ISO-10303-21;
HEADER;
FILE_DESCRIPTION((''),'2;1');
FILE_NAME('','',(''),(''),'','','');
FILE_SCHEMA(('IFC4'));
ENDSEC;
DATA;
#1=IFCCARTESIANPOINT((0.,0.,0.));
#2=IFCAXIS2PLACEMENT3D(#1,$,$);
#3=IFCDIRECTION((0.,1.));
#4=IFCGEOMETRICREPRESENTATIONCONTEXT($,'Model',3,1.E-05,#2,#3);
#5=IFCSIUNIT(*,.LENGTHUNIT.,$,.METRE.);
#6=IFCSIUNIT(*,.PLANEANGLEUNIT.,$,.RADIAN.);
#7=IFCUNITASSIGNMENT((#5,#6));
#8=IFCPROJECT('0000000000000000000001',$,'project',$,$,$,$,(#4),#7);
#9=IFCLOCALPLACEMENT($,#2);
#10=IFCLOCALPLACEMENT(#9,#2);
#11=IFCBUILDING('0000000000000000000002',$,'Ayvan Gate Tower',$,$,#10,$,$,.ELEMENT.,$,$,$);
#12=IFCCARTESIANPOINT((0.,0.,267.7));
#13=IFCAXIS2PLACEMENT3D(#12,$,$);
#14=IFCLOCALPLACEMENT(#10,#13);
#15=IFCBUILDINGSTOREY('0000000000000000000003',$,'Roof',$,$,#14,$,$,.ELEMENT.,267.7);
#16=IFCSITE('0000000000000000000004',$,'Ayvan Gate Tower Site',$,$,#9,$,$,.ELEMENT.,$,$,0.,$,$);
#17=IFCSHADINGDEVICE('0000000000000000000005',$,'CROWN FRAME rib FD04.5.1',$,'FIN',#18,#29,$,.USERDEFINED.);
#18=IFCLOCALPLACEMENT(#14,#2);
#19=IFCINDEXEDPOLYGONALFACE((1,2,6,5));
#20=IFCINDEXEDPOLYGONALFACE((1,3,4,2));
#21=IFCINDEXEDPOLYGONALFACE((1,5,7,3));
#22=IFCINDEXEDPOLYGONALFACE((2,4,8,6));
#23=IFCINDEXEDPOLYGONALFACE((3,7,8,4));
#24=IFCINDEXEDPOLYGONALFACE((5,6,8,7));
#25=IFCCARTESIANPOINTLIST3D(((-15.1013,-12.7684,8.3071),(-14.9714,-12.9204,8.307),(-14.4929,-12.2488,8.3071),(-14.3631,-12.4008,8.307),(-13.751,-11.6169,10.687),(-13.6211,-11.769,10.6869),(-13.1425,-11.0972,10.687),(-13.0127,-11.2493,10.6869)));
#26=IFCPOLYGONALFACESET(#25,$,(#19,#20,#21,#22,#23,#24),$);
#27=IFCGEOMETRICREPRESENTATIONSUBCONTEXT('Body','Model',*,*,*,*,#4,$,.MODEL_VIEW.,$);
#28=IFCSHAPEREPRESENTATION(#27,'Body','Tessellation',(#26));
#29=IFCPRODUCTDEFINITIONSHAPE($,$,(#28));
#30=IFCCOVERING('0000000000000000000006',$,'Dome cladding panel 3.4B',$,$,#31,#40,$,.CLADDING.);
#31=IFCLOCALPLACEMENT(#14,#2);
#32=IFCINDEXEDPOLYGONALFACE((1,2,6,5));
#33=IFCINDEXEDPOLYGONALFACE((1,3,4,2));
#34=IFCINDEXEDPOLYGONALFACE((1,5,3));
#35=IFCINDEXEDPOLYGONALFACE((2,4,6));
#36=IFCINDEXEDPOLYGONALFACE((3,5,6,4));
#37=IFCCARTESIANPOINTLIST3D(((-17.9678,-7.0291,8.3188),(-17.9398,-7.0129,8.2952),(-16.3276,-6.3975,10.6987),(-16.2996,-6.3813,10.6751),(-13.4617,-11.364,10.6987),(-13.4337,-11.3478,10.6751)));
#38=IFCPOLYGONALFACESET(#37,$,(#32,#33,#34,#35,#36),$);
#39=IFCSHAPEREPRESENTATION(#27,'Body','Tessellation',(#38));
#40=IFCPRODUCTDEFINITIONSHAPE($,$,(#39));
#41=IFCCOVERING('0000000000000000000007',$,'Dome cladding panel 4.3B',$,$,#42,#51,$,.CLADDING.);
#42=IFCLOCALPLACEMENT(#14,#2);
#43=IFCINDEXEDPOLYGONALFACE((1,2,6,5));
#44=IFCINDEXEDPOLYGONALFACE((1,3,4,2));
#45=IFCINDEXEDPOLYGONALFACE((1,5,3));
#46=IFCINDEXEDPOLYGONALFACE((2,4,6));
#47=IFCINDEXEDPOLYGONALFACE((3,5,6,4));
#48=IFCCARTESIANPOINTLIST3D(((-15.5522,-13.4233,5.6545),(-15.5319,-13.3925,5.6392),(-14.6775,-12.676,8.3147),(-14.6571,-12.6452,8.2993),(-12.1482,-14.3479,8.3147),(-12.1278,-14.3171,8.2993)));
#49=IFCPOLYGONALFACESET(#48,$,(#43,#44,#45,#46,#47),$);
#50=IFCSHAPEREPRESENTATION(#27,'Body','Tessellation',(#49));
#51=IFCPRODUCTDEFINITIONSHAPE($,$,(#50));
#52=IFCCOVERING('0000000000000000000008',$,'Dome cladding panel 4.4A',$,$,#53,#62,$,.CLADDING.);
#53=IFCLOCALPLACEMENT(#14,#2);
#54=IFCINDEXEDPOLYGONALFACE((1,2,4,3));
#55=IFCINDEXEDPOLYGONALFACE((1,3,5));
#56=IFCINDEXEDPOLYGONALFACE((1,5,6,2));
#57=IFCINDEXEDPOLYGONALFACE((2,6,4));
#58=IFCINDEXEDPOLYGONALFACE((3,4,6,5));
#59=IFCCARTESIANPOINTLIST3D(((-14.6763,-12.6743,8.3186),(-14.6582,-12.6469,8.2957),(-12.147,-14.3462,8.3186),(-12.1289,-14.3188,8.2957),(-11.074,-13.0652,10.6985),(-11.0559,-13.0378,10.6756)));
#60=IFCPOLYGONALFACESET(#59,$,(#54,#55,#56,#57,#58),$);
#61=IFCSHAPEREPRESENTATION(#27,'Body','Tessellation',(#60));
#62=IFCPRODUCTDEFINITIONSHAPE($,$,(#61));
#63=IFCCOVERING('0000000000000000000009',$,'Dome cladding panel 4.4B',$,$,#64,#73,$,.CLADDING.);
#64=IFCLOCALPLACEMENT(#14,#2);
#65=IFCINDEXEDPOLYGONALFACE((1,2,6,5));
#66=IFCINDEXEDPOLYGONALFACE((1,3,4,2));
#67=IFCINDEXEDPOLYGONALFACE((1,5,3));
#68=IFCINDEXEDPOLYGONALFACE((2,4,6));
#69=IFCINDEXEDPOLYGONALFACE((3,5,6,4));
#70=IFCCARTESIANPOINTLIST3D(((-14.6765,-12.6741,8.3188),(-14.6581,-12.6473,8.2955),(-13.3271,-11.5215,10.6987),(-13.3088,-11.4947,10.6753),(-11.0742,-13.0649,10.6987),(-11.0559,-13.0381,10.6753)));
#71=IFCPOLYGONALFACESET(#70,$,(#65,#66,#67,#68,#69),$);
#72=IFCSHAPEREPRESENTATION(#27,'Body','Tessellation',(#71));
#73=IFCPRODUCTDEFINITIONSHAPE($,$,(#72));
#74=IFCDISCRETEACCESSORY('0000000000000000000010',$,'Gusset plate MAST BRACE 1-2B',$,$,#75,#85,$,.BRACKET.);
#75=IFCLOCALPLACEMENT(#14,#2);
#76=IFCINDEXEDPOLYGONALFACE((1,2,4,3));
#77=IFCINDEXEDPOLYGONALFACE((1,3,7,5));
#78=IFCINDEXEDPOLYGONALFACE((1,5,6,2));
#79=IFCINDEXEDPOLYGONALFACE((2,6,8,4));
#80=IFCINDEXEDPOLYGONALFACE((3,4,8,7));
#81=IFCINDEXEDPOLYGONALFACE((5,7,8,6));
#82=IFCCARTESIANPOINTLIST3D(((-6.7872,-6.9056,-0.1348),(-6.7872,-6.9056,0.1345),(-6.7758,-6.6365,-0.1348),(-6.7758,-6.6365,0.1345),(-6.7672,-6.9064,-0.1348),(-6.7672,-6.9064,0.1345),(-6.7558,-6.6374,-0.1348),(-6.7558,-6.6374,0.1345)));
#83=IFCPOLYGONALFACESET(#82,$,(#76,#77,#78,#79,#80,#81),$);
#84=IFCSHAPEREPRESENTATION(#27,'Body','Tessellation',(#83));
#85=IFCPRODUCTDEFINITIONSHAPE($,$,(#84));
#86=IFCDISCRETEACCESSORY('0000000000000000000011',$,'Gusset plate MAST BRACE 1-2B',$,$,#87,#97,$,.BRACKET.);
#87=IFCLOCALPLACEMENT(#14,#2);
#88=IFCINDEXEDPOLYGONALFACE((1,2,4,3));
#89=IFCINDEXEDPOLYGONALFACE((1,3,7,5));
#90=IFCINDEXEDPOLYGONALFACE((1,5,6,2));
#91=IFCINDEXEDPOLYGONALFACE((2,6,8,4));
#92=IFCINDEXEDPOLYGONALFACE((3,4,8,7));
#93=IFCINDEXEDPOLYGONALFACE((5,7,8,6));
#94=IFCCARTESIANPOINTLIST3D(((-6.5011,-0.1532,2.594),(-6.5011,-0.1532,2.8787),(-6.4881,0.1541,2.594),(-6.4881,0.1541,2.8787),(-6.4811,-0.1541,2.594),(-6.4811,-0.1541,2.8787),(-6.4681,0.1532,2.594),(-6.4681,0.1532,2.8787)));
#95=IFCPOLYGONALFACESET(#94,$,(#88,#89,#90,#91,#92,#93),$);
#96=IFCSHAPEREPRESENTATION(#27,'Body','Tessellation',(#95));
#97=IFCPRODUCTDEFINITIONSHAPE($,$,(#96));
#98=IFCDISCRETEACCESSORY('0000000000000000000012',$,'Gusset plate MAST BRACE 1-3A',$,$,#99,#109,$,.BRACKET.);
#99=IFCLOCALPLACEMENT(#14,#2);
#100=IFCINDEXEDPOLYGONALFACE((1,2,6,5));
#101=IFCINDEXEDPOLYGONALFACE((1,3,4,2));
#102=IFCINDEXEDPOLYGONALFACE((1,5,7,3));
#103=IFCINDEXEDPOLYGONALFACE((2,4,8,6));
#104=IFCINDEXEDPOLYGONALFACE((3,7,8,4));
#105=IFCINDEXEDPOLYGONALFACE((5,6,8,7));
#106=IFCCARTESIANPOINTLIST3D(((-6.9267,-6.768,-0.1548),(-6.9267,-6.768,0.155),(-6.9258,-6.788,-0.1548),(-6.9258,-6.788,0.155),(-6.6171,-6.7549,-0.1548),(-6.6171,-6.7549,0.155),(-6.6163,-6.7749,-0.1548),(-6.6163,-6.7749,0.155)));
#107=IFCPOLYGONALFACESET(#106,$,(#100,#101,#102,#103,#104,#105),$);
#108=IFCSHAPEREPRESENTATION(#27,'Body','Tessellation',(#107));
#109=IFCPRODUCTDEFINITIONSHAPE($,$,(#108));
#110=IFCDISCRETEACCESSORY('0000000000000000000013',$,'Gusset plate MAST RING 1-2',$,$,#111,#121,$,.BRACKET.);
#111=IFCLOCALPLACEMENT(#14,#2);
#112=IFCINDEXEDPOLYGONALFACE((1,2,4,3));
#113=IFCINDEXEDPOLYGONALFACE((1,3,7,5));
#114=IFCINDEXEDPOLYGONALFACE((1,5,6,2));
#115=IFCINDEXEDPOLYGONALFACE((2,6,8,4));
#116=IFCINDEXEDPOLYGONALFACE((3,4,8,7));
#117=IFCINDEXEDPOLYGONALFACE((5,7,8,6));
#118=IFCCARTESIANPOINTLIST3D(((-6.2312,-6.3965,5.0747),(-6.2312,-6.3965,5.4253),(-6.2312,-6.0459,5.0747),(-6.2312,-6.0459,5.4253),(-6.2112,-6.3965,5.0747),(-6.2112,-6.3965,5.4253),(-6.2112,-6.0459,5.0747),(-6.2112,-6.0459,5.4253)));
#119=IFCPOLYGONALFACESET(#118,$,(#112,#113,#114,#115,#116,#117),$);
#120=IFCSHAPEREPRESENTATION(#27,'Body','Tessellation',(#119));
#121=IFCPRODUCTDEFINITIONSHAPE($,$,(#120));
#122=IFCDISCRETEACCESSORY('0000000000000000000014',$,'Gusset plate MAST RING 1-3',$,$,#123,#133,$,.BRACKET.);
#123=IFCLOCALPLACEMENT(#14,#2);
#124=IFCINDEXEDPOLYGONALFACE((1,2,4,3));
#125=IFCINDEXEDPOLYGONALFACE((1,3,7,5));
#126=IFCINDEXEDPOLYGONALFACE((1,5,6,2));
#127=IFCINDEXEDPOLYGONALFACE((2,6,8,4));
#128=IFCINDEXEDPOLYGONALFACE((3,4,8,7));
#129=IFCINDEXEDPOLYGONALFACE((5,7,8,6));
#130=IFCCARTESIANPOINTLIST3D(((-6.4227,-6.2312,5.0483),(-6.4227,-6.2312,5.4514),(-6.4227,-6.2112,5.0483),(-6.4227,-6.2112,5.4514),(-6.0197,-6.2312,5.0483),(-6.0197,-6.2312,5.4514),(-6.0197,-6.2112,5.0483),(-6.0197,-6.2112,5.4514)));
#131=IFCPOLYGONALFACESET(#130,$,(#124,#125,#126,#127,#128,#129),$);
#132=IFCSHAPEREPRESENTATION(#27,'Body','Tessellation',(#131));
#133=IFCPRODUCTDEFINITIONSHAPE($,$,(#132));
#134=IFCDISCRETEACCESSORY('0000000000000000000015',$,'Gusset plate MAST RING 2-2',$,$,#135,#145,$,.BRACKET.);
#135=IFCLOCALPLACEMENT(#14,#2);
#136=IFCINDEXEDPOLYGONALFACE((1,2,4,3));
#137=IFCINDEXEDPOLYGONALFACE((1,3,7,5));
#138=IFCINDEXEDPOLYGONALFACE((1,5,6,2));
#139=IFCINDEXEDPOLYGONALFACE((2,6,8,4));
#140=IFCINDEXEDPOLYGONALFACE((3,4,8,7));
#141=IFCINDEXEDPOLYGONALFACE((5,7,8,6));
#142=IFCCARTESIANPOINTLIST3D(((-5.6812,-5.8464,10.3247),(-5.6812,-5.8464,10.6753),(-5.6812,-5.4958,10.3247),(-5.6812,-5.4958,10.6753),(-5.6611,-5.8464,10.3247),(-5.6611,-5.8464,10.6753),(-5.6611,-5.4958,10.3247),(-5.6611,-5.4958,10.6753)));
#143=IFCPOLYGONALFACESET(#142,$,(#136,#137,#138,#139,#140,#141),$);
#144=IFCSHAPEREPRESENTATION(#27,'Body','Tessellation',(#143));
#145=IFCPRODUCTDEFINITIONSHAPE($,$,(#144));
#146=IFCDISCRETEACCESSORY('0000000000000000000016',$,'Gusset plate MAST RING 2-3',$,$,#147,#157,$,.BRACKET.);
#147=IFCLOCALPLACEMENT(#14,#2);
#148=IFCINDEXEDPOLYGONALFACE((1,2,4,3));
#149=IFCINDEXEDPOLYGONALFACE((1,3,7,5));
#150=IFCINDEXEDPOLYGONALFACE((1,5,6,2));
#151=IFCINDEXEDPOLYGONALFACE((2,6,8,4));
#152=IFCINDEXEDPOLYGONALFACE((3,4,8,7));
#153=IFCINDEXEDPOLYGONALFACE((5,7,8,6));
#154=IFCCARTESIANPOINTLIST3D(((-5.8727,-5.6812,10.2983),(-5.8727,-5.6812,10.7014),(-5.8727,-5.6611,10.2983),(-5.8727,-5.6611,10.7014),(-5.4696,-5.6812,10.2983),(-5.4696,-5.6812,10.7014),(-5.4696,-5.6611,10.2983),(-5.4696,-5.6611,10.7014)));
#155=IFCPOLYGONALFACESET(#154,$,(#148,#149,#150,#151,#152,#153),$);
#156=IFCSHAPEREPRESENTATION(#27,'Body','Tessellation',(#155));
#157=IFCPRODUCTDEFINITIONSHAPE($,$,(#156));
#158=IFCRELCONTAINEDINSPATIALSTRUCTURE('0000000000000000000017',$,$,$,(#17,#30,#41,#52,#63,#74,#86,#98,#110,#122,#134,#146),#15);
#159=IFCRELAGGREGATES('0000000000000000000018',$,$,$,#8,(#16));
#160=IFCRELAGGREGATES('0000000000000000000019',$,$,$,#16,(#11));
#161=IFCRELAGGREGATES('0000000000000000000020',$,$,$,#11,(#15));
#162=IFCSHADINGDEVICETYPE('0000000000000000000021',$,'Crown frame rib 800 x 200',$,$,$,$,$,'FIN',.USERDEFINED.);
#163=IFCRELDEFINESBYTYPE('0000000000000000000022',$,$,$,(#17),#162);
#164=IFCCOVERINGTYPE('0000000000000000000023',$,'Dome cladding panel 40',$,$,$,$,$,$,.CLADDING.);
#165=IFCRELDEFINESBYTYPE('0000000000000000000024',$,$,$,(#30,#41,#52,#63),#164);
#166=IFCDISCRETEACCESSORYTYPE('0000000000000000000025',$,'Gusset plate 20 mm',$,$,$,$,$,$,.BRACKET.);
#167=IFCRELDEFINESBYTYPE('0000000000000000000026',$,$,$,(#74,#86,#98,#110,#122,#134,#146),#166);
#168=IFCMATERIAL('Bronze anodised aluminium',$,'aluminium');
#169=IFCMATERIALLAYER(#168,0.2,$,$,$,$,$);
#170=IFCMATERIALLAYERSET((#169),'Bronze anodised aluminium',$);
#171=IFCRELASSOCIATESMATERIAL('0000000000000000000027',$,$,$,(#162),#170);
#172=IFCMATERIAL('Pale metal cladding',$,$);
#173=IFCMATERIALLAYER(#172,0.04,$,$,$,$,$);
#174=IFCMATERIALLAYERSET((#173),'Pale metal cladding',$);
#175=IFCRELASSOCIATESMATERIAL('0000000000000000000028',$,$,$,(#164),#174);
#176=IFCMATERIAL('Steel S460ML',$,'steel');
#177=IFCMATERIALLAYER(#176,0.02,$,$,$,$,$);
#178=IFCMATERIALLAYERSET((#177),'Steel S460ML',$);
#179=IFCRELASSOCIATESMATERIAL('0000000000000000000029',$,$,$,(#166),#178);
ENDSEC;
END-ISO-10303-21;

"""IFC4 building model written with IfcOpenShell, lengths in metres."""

from ifc_helpers import new_model, si_unit, direction, frame, origin, origin_2d, place, context, subcontext, project, spatial, polyline, rectangle, outline, extrude, material, layer, layer_set, type_object, element, save


model = new_model("IFC4")

# Units and contexts
model_context = context("Model", 3, precision=1e-05, world=origin(), true_north=direction((0.0, 1.0)))
body_context = subcontext(model_context, "Body", "Model", "MODEL_VIEW")
ifc_project = project(units=[si_unit("LENGTHUNIT", "METRE"), si_unit("PLANEANGLEUNIT", "RADIAN")], contexts=[model_context])

# Site, building, storey
site_placement = place(None, origin())
site = spatial("IfcSite", under=ifc_project, at=site_placement, Name="Ayvan Gate Tower Site", CompositionType="ELEMENT", RefElevation=0.0)
building_placement = place(site_placement, origin())
building = spatial("IfcBuilding", under=site, at=building_placement, Name="Ayvan Gate Tower", CompositionType="ELEMENT")
storey_placement = place(building_placement, frame((0.0, 0.0, 267.7)))
storey = spatial("IfcBuildingStorey", under=building, at=storey_placement, Name="Roof", CompositionType="ELEMENT", Elevation=267.7)

# Shading device
ifc_material_1 = material(Name="Bronze anodised aluminium", Category="aluminium")
ifc_layer_1 = layer(ifc_material_1, 0.2)
ifc_layer_set_1 = layer_set([ifc_layer_1], Name="Bronze anodised aluminium")
shading_device_type = type_object("IfcShadingDeviceType", Name="Crown frame rib 800 x 200", ElementType="FIN", PredefinedType="USERDEFINED", material=ifc_layer_set_1)
shading_device_1_placement = place(storey_placement, frame((-14.4929, -12.2488, 8.3071), z_axis=(-0.649471, 0.760386, 0.000601), x_axis=(-0.760386, -0.649471, 0.0)))
element("IfcShadingDevice", 1, at=shading_device_1_placement, inside=storey, type_object=shading_device_type, Name="CROWN FRAME rib FD04.5.1", ObjectType="FIN", PredefinedType="USERDEFINED", context=body_context, shape_type="SweptSolid", body=[
    extrude(outline(polyline([(0.0, 0.0), (0.8, 0.0), (-0.9745, 2.3799), (-1.7747, 2.3799), (0.0, 0.0)])), origin(), (0.0, 0.0, -1.0), 0.2),
])

# Coverings
ifc_material_2 = material(Name="Pale metal cladding")
ifc_layer_2 = layer(ifc_material_2, 0.04)
ifc_layer_set_2 = layer_set([ifc_layer_2], Name="Pale metal cladding")
covering_type = type_object("IfcCoveringType", Name="Dome cladding panel 40", PredefinedType="CLADDING", material=ifc_layer_set_2)
covering_1_placement = place(storey_placement, frame((-17.9678, -7.0291, 8.3188), z_axis=(-0.699715, -0.403773, 0.589377), x_axis=(0.673523, -0.647943, 0.355719)))
element("IfcCovering", 2, at=covering_1_placement, inside=storey, type_object=covering_type, Name="Dome cladding panel 3.4B", PredefinedType="CLADDING", context=body_context, shape_type="SweptSolid", body=[
    extrude(outline(polyline([(0.0, 0.0), (6.6903, 0.0), (1.542, 2.5249), (0.0, 0.0)])), origin(), (0.0, 0.0, -1.0), 0.04),
])
covering_2_placement = place(storey_placement, frame((-15.5522, -13.4233, 5.6545), z_axis=(-0.509185, -0.770321, 0.383844), x_axis=(0.770494, -0.209271, 0.602116)))
element("IfcCovering", 3, at=covering_2_placement, inside=storey, type_object=covering_type, Name="Dome cladding panel 4.3B", PredefinedType="CLADDING", context=body_context, shape_type="SweptSolid", body=[
    extrude(outline(polyline([(0.0, 0.0), (4.418, 0.0), (2.1193, 1.977), (0.0, 0.0)])), origin(), (0.0, 0.0, -1.0), 0.04),
])
covering_3_placement = place(storey_placement, frame((-14.6763, -12.6743, 8.3186), z_axis=(-0.452244, -0.684178, 0.572168), x_axis=(0.834224, -0.551425, 0.0)))
element("IfcCovering", 4, at=covering_3_placement, inside=storey, type_object=covering_type, Name="Dome cladding panel 4.4A", PredefinedType="CLADDING", context=body_context, shape_type="SweptSolid", body=[
    extrude(outline(polyline([(0.0, 0.0), (3.0319, 0.0), (3.2207, 2.9018), (0.0, 0.0)])), origin(), (0.0, 0.0, -1.0), 0.04),
])
covering_4_placement = place(storey_placement, frame((-14.6765, -12.6741, 8.3188), z_axis=(-0.458664, -0.669496, 0.584297), x_axis=(0.830959, -0.090164, 0.548979)))
element("IfcCovering", 5, at=covering_4_placement, inside=storey, type_object=covering_type, Name="Dome cladding panel 4.4B", PredefinedType="CLADDING", context=body_context, shape_type="SweptSolid", body=[
    extrude(outline(polyline([(0.0, 0.0), (4.3351, 0.0), (2.3239, 1.8474), (0.0, 0.0)])), origin(), (0.0, 0.0, -1.0), 0.04),
])

# Discrete accessories
ifc_material_3 = material(Name="Steel S460ML", Category="steel")
ifc_layer_3 = layer(ifc_material_3, 0.02)
ifc_layer_set_3 = layer_set([ifc_layer_3], Name="Steel S460ML")
discrete_accessory_type = type_object("IfcDiscreteAccessoryType", Name="Gusset plate 20 mm", PredefinedType="BRACKET", material=ifc_layer_set_3)
discrete_accessory_1_placement = place(storey_placement, frame((-6.7715, -6.7715, -0.1348), z_axis=(0.0, 0.0, 1.0), x_axis=(0.042308, 0.999105, 0.0)))
element("IfcDiscreteAccessory", 6, at=discrete_accessory_1_placement, inside=storey, type_object=discrete_accessory_type, Name="Gusset plate MAST BRACE 1-2B", PredefinedType="BRACKET", context=body_context, shape_type="SweptSolid", body=[
    extrude(rectangle(XDim=0.2693, YDim=0.02, at=origin_2d()), origin(), (0.0, 0.0, 1.0), 0.2693),
])
discrete_accessory_2_placement = place(storey_placement, frame((-6.4846, 0.0, 2.594), z_axis=(0.0, 0.0, 1.0), x_axis=(0.042308, 0.999105, 0.0)))
element("IfcDiscreteAccessory", 7, at=discrete_accessory_2_placement, inside=storey, type_object=discrete_accessory_type, Name="Gusset plate MAST BRACE 1-2B", PredefinedType="BRACKET", context=body_context, shape_type="SweptSolid", body=[
    extrude(rectangle(XDim=0.3076, YDim=0.02, at=origin_2d()), origin(), (0.0, 0.0, 1.0), 0.2847),
])
discrete_accessory_3_placement = place(storey_placement, frame((-6.7715, -6.7715, -0.1548), z_axis=(0.0, 0.0, 1.0), x_axis=(0.999105, 0.042308, 0.0)))
element("IfcDiscreteAccessory", 8, at=discrete_accessory_3_placement, inside=storey, type_object=discrete_accessory_type, Name="Gusset plate MAST BRACE 1-3A", PredefinedType="BRACKET", context=body_context, shape_type="SweptSolid", body=[
    extrude(rectangle(XDim=0.3098, YDim=0.02, at=origin_2d()), origin(), (0.0, 0.0, 1.0), 0.3098),
])
discrete_accessory_4_placement = place(storey_placement, frame((-6.2212, -6.2212, 5.0747), z_axis=(0.0, 0.0, 1.0), x_axis=(0.0, 1.0, 0.0)))
element("IfcDiscreteAccessory", 9, at=discrete_accessory_4_placement, inside=storey, type_object=discrete_accessory_type, Name="Gusset plate MAST RING 1-2", PredefinedType="BRACKET", context=body_context, shape_type="SweptSolid", body=[
    extrude(rectangle(XDim=0.3506, YDim=0.02, at=origin_2d()), origin(), (0.0, 0.0, 1.0), 0.3506),
])
discrete_accessory_5_placement = place(storey_placement, frame((-6.2212, -6.2212, 5.0483), z_axis=(0.0, 0.0, 1.0), x_axis=(1.0, 0.0, 0.0)))
element("IfcDiscreteAccessory", 10, at=discrete_accessory_5_placement, inside=storey, type_object=discrete_accessory_type, Name="Gusset plate MAST RING 1-3", PredefinedType="BRACKET", context=body_context, shape_type="SweptSolid", body=[
    extrude(rectangle(XDim=0.4031, YDim=0.02, at=origin_2d()), origin(), (0.0, 0.0, 1.0), 0.4031),
])
discrete_accessory_6_placement = place(storey_placement, frame((-5.6711, -5.6711, 10.3247), z_axis=(0.0, 0.0, 1.0), x_axis=(0.0, 1.0, 0.0)))
element("IfcDiscreteAccessory", 11, at=discrete_accessory_6_placement, inside=storey, type_object=discrete_accessory_type, Name="Gusset plate MAST RING 2-2", PredefinedType="BRACKET", context=body_context, shape_type="SweptSolid", body=[
    extrude(rectangle(XDim=0.3506, YDim=0.02, at=origin_2d()), origin(), (0.0, 0.0, 1.0), 0.3506),
])
discrete_accessory_7_placement = place(storey_placement, frame((-5.6711, -5.6711, 10.2983), z_axis=(0.0, 0.0, 1.0), x_axis=(1.0, 0.0, 0.0)))
element("IfcDiscreteAccessory", 12, at=discrete_accessory_7_placement, inside=storey, type_object=discrete_accessory_type, Name="Gusset plate MAST RING 2-3", PredefinedType="BRACKET", context=body_context, shape_type="SweptSolid", body=[
    extrude(rectangle(XDim=0.4031, YDim=0.02, at=origin_2d()), origin(), (0.0, 0.0, 1.0), 0.4031),
])

save(model, "model.ifc")
